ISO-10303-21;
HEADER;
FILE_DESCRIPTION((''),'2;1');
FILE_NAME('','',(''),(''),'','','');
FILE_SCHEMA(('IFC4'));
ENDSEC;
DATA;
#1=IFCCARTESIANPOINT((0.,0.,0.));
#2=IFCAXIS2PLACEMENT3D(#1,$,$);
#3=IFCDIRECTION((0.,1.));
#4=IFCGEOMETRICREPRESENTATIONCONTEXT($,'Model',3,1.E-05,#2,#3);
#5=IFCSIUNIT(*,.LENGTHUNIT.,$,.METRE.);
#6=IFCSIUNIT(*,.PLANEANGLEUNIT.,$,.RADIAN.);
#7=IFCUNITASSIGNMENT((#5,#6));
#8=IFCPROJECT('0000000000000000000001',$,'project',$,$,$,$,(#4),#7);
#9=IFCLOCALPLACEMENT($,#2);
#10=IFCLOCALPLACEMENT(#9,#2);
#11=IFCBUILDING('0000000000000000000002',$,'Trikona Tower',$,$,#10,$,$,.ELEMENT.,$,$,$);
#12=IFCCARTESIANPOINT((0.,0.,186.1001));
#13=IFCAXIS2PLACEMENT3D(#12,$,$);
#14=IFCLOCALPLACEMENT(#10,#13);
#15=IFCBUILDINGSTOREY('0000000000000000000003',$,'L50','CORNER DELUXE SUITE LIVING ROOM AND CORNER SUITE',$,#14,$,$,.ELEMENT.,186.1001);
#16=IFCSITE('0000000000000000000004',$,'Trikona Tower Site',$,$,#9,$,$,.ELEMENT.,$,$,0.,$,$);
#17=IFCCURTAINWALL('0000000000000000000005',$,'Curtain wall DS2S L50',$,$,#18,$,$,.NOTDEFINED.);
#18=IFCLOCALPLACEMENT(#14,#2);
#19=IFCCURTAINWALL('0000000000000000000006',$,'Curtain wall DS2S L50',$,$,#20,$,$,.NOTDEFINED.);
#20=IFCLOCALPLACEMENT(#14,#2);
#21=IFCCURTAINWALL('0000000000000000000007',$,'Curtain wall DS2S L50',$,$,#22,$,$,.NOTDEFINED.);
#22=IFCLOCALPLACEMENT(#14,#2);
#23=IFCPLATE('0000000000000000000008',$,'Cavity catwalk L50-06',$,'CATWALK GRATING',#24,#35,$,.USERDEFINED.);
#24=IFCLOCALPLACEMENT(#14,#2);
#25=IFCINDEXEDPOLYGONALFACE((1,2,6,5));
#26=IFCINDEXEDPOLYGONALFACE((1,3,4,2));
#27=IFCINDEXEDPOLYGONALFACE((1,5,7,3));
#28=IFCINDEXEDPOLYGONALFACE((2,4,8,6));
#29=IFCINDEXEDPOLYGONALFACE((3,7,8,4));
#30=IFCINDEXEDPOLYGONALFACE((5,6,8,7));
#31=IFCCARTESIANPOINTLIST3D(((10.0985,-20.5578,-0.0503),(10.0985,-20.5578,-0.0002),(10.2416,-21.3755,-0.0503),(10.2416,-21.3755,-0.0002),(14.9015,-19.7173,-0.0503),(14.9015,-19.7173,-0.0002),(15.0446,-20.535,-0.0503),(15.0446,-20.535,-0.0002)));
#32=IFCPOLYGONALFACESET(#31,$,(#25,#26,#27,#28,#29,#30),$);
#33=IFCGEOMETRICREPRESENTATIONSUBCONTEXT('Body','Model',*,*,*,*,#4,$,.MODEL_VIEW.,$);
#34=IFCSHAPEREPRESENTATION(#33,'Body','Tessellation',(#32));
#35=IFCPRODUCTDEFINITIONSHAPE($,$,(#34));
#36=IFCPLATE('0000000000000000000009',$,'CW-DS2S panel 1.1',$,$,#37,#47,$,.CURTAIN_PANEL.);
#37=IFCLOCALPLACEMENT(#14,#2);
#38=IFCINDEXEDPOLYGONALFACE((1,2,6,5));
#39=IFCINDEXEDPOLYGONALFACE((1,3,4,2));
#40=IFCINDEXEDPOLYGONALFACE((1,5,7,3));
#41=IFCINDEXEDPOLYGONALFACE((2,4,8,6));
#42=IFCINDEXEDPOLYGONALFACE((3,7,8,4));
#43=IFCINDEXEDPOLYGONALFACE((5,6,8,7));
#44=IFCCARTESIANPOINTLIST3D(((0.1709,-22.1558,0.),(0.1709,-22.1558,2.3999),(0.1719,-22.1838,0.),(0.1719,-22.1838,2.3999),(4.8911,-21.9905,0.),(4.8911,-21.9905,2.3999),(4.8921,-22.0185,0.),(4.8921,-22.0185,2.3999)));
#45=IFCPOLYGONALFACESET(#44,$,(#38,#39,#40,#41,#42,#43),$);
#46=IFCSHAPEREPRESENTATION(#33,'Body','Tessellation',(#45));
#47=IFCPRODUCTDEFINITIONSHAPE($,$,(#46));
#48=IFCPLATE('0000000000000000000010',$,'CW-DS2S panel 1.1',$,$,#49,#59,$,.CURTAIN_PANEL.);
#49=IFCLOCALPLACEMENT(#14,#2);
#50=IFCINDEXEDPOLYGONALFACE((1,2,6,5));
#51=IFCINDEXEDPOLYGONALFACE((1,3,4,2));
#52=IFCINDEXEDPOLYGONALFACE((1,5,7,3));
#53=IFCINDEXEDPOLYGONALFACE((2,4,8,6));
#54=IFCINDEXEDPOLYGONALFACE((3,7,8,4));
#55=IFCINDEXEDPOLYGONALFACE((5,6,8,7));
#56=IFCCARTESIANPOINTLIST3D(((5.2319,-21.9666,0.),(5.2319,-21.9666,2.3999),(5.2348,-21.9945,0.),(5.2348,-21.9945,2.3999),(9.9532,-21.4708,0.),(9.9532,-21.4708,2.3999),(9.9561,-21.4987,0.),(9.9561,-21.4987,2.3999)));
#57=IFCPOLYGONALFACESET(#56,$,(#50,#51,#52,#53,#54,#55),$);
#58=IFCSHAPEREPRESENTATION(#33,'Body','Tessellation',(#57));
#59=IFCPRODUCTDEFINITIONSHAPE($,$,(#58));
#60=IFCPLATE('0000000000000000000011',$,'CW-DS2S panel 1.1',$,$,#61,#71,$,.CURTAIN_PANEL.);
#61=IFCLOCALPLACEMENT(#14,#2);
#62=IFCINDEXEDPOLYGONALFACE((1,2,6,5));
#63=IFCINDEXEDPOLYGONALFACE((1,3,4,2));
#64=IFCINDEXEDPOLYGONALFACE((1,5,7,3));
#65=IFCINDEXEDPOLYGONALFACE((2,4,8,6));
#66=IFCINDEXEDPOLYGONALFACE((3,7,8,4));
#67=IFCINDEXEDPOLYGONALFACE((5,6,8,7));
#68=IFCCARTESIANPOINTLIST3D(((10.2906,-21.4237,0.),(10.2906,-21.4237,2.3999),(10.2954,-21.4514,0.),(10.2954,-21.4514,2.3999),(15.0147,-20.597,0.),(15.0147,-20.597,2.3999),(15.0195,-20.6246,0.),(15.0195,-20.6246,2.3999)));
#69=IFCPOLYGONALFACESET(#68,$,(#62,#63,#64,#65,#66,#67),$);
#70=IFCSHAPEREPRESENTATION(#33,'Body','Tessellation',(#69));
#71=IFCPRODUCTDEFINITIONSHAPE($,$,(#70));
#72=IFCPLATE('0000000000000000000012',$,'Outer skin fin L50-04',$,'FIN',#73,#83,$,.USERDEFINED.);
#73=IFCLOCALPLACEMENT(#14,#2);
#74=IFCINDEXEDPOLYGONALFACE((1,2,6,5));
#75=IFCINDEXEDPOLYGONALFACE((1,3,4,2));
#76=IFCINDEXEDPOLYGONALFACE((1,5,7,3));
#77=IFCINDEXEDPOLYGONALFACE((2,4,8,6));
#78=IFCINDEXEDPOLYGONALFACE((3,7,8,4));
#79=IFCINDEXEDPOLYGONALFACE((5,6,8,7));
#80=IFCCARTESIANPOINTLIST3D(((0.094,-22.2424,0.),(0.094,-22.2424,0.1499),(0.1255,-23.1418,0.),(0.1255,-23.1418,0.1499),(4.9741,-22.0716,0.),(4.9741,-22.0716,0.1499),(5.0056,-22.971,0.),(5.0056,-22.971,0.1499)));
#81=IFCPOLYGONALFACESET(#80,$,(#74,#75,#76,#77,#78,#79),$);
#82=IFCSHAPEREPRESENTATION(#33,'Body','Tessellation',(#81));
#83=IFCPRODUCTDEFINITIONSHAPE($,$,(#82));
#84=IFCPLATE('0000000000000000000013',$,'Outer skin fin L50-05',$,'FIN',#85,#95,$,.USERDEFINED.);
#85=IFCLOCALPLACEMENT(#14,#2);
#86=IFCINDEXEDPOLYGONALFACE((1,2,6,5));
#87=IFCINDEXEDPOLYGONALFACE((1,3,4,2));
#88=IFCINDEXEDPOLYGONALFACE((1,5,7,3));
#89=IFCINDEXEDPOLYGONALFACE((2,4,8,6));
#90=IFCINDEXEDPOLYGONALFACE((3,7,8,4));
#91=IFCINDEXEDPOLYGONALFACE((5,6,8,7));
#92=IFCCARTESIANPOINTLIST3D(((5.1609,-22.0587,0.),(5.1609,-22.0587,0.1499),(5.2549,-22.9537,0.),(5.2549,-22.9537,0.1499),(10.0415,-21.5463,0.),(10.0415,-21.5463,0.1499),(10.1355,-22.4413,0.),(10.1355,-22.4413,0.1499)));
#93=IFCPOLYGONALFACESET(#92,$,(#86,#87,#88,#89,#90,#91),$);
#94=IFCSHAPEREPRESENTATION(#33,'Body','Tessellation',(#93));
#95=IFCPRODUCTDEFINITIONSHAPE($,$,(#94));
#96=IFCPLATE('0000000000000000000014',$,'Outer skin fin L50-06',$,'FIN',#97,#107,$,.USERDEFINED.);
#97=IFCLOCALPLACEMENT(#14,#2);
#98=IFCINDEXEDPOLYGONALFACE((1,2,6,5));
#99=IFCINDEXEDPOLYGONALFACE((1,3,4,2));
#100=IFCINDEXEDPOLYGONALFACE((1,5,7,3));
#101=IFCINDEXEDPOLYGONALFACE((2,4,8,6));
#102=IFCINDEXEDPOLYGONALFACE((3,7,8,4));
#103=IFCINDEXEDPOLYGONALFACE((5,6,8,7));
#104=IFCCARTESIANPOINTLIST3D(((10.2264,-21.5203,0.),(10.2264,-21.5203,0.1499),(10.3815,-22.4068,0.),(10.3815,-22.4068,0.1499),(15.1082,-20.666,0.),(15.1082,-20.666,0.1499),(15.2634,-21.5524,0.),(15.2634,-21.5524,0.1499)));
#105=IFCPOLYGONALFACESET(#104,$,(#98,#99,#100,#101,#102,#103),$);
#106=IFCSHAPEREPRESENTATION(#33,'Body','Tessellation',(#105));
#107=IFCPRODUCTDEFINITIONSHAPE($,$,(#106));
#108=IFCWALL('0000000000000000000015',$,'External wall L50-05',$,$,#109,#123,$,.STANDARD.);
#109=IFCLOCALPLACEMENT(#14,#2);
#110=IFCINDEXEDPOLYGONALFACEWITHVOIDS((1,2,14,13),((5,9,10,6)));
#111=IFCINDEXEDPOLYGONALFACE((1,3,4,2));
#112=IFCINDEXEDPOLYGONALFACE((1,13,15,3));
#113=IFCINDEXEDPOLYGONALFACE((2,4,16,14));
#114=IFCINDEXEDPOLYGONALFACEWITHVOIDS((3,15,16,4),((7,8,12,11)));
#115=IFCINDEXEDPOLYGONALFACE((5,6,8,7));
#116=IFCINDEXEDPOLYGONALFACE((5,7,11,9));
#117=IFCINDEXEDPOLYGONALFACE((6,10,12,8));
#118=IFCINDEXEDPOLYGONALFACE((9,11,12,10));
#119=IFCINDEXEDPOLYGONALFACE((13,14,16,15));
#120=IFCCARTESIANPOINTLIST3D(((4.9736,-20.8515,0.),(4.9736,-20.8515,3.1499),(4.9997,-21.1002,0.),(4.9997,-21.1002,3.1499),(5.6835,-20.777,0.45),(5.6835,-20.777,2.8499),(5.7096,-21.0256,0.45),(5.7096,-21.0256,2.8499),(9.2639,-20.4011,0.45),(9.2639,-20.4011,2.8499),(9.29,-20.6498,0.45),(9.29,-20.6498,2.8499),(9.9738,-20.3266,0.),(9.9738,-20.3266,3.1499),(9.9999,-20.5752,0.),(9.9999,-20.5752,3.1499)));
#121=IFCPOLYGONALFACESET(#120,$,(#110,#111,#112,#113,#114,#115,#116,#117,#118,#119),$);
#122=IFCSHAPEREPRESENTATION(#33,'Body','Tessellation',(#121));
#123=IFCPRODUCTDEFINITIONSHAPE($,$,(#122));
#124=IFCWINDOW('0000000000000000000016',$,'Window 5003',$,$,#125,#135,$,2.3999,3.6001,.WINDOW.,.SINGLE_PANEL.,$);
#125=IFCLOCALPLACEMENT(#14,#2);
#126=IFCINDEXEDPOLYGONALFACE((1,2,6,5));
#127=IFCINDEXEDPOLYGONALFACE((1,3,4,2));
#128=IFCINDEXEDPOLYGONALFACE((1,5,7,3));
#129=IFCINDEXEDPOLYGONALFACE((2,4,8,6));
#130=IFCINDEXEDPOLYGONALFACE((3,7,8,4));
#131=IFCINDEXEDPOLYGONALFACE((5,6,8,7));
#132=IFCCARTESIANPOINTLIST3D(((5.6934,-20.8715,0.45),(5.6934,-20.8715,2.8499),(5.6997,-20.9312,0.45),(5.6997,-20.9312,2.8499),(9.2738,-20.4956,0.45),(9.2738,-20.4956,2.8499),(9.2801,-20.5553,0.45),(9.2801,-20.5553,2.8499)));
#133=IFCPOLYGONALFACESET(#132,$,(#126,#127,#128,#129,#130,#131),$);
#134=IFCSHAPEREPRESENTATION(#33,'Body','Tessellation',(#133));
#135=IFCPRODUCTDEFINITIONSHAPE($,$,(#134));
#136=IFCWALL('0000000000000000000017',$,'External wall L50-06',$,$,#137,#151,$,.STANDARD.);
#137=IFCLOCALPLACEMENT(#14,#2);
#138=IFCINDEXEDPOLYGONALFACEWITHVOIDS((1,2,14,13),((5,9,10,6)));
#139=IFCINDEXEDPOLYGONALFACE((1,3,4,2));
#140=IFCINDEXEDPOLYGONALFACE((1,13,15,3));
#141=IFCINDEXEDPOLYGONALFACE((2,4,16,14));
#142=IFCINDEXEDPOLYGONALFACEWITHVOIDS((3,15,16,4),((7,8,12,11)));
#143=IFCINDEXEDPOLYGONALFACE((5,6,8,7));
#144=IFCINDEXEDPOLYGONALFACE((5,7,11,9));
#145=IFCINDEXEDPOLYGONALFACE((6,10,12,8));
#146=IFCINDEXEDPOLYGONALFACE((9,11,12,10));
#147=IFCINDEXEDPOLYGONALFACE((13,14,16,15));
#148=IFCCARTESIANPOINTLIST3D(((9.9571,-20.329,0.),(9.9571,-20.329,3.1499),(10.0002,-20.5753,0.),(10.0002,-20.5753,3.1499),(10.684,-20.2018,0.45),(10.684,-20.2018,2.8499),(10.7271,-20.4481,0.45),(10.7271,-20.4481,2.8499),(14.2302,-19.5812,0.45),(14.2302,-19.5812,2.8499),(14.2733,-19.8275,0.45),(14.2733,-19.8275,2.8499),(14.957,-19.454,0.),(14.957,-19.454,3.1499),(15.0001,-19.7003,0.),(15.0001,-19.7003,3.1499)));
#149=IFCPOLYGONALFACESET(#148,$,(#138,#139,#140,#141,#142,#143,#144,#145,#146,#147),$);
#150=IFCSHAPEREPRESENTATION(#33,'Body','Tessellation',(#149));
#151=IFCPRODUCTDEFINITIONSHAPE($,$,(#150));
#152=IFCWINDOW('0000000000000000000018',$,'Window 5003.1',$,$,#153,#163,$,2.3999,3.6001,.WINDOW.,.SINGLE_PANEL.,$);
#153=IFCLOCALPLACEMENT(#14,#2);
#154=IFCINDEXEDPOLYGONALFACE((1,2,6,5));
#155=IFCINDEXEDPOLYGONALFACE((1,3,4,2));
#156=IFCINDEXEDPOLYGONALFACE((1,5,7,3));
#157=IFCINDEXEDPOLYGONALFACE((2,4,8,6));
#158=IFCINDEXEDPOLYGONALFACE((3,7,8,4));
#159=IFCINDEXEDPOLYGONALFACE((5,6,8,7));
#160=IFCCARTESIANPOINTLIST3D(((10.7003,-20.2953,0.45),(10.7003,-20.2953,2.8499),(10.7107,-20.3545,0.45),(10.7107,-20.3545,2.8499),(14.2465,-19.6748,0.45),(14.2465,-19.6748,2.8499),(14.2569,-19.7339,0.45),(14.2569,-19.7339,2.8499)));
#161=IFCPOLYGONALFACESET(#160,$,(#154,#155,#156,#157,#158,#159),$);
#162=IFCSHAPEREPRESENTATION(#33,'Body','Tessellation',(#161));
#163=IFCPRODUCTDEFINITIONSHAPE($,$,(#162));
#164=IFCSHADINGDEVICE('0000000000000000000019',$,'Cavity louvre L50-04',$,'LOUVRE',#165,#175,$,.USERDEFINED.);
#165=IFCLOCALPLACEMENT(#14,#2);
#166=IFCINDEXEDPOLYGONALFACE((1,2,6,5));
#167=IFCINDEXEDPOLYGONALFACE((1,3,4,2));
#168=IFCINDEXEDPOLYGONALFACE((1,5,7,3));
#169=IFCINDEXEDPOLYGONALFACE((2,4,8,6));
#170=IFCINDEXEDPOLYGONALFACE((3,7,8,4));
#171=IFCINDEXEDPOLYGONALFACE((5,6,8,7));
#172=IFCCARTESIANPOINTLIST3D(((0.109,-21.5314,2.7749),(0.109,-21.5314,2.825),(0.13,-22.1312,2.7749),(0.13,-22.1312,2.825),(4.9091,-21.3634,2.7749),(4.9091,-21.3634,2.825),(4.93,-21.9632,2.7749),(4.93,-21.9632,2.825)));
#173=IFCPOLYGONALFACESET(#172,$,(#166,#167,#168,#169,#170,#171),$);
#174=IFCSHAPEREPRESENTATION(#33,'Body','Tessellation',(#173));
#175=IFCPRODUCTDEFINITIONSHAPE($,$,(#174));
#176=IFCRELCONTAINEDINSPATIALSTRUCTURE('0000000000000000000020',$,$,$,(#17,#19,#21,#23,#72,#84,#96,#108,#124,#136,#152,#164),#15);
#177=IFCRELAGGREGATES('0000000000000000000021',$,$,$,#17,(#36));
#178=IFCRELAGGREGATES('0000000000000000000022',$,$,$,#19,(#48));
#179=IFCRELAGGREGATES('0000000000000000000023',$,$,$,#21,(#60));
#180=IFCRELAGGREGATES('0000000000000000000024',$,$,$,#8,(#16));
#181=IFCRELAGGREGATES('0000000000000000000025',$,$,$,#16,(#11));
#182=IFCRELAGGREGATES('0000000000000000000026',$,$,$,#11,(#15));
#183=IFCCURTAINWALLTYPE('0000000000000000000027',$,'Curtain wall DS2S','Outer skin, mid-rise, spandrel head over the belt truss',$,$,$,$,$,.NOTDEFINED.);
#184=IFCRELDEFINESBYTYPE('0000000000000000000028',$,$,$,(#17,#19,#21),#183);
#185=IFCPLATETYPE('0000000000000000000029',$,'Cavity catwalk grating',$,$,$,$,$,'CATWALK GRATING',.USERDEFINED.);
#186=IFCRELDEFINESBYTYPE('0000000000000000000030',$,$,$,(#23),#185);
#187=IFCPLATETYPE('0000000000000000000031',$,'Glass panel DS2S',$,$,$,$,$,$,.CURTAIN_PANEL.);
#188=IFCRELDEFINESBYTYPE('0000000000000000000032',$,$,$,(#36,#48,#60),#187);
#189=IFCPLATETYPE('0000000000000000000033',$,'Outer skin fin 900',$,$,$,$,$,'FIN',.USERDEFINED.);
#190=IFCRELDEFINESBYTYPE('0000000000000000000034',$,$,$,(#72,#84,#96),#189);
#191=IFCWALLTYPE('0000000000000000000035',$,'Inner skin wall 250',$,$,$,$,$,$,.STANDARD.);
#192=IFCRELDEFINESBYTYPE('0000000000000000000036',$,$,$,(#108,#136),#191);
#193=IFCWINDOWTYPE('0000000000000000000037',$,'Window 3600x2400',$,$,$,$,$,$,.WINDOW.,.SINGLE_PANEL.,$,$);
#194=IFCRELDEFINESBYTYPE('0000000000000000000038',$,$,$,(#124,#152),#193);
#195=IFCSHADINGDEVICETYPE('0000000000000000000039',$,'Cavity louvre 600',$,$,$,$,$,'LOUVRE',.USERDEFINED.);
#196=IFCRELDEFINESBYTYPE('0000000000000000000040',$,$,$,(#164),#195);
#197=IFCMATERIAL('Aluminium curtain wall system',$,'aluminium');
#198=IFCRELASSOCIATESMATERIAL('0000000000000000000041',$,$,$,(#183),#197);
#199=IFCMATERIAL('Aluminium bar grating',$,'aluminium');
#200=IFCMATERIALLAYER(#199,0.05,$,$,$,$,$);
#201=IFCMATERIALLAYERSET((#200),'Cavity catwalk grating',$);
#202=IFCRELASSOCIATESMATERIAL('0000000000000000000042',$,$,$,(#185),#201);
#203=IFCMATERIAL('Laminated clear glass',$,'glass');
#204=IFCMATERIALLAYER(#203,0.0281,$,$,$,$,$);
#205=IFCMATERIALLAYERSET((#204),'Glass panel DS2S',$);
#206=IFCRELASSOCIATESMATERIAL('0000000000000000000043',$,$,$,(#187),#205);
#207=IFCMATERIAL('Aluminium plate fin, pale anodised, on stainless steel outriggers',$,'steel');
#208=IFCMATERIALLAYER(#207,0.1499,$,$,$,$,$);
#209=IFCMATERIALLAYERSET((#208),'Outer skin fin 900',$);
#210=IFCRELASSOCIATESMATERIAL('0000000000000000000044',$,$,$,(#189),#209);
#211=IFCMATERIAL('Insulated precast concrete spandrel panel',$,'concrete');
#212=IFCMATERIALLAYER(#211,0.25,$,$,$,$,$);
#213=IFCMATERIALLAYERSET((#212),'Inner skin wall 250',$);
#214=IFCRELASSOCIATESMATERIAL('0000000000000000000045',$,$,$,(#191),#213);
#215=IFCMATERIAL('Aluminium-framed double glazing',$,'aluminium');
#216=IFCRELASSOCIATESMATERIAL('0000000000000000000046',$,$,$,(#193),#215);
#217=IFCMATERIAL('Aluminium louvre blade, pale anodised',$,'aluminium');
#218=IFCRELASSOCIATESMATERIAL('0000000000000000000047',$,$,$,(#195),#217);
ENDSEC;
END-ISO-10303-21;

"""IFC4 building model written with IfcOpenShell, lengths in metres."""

from ifc_helpers import new_model, si_unit, direction, frame, frame_2d, origin, origin_2d, place, context, subcontext, project, spatial, rectangle, extrude, material, layer, layer_set, type_object, element, fill, aggregate, save


model = new_model("IFC4")

# Units and contexts
model_context = context("Model", 3, precision=1e-05, world=origin(), true_north=direction((0.0, 1.0)))
body_context = subcontext(model_context, "Body", "Model", "MODEL_VIEW")
ifc_project = project(units=[si_unit("LENGTHUNIT", "METRE"), si_unit("PLANEANGLEUNIT", "RADIAN")], contexts=[model_context])

# Site, building, storey
site_placement = place(None, origin())
site = spatial("IfcSite", under=ifc_project, at=site_placement, Name="Trikona Tower Site", CompositionType="ELEMENT", RefElevation=0.0)
building_placement = place(site_placement, origin())
building = spatial("IfcBuilding", under=site, at=building_placement, Name="Trikona Tower", CompositionType="ELEMENT")
storey_placement = place(building_placement, frame((0.0, 0.0, 186.1001)))
storey = spatial("IfcBuildingStorey", under=building, at=storey_placement, Name="L50", Description="CORNER DELUXE SUITE LIVING ROOM AND CORNER SUITE", CompositionType="ELEMENT", Elevation=186.1001)

# Curtain walls
ifc_material_1 = material(Name="Aluminium curtain wall system", Category="aluminium")
curtain_wall_type = type_object("IfcCurtainWallType", Name="Curtain wall DS2S", Description="Outer skin, mid-rise, spandrel head over the belt truss", PredefinedType="NOTDEFINED", material=ifc_material_1)
curtain_wall_1_placement = place(storey_placement, origin())
curtain_wall_1 = element("IfcCurtainWall", 1, at=curtain_wall_1_placement, inside=storey, type_object=curtain_wall_type, Name="Curtain wall DS2S L50", PredefinedType="NOTDEFINED")
curtain_wall_2_placement = place(storey_placement, origin())
curtain_wall_2 = element("IfcCurtainWall", 2, at=curtain_wall_2_placement, inside=storey, type_object=curtain_wall_type, Name="Curtain wall DS2S L50", PredefinedType="NOTDEFINED")

# Curtain wall
curtain_wall_3_placement = place(storey_placement, origin())
curtain_wall_3 = element("IfcCurtainWall", 3, at=curtain_wall_3_placement, inside=storey, type_object=curtain_wall_type, Name="Curtain wall DS2S L50", PredefinedType="NOTDEFINED")

# Plate
ifc_material_2 = material(Name="Aluminium bar grating", Category="aluminium")
ifc_layer_1 = layer(ifc_material_2, 0.05)
ifc_layer_set_1 = layer_set([ifc_layer_1], Name="Cavity catwalk grating")
plate_type_1 = type_object("IfcPlateType", Name="Cavity catwalk grating", ElementType="CATWALK GRATING", PredefinedType="USERDEFINED", material=ifc_layer_set_1)
plate_1_placement = place(storey_placement, frame((12.5715, -20.5464, -0.0503), z_axis=(0.0, 0.0, 1.0), x_axis=(0.985031, 0.17238, 0.0)))
element("IfcPlate", 4, at=plate_1_placement, inside=storey, type_object=plate_type_1, Name="Cavity catwalk L50-06", ObjectType="CATWALK GRATING", PredefinedType="USERDEFINED", context=body_context, shape_type="SweptSolid", body=[
    extrude(rectangle(XDim=4.876, YDim=0.8301, at=origin_2d()), origin(), (0.0, 0.0, 1.0), 0.05),
])

# Plates
ifc_material_3 = material(Name="Laminated clear glass", Category="glass")
ifc_layer_2 = layer(ifc_material_3, 0.0281)
ifc_layer_set_2 = layer_set([ifc_layer_2], Name="Glass panel DS2S")
plate_type_2 = type_object("IfcPlateType", Name="Glass panel DS2S", PredefinedType="CURTAIN_PANEL", material=ifc_layer_set_2)
plate_2_placement = place(storey_placement, frame((2.5315, -22.0872, 0.0), z_axis=(0.0, 0.0, 1.0), x_axis=(0.999387, 0.034998, 0.0)))
plate_2 = element("IfcPlate", 5, at=plate_2_placement, type_object=plate_type_2, Name="CW-DS2S panel 1.1", PredefinedType="CURTAIN_PANEL", context=body_context, shape_type="SweptSolid", body=[
    extrude(rectangle(XDim=4.7231, YDim=0.0281, at=origin_2d()), origin(), (0.0, 0.0, 1.0), 2.3999),
])
aggregate(curtain_wall_1, [plate_2])
plate_3_placement = place(storey_placement, frame((7.594, -21.7327, 0.0), z_axis=(0.0, 0.0, 1.0), x_axis=(0.994532, 0.104433, 0.0)))
plate_3 = element("IfcPlate", 6, at=plate_3_placement, type_object=plate_type_2, Name="CW-DS2S panel 1.1", PredefinedType="CURTAIN_PANEL", context=body_context, shape_type="SweptSolid", body=[
    extrude(rectangle(XDim=4.7473, YDim=0.0281, at=origin_2d()), origin(), (0.0, 0.0, 1.0), 2.3999),
])
aggregate(curtain_wall_2, [plate_3])
plate_4_placement = place(storey_placement, frame((12.655, -21.0242, 0.0), z_axis=(0.0, 0.0, 1.0), x_axis=(0.985031, 0.172377, 0.0)))
plate_4 = element("IfcPlate", 7, at=plate_4_placement, type_object=plate_type_2, Name="CW-DS2S panel 1.1", PredefinedType="CURTAIN_PANEL", context=body_context, shape_type="SweptSolid", body=[
    extrude(rectangle(XDim=4.7959, YDim=0.0281, at=origin_2d()), origin(), (0.0, 0.0, 1.0), 2.3999),
])
aggregate(curtain_wall_3, [plate_4])

# Plates
ifc_material_4 = material(Name="Aluminium plate fin, pale anodised, on stainless steel outriggers", Category="steel")
ifc_layer_3 = layer(ifc_material_4, 0.1499)
ifc_layer_set_3 = layer_set([ifc_layer_3], Name="Outer skin fin 900")
plate_type_3 = type_object("IfcPlateType", Name="Outer skin fin 900", ElementType="FIN", PredefinedType="USERDEFINED", material=ifc_layer_set_3)
plate_5_placement = place(storey_placement, frame((2.5498, -22.6067, 0.0), z_axis=(0.0, 0.0, 1.0), x_axis=(0.999388, 0.034978, 0.0)))
element("IfcPlate", 8, at=plate_5_placement, inside=storey, type_object=plate_type_3, Name="Outer skin fin L50-04", ObjectType="FIN", PredefinedType="USERDEFINED", context=body_context, shape_type="SweptSolid", body=[
    extrude(rectangle(XDim=4.8831, YDim=0.8999, at=origin_2d()), origin(), (0.0, 0.0, 1.0), 0.1499),
])
plate_6_placement = place(storey_placement, frame((7.6482, -22.25, 0.0), z_axis=(0.0, 0.0, 1.0), x_axis=(0.994533, 0.104426, 0.0)))
element("IfcPlate", 9, at=plate_6_placement, inside=storey, type_object=plate_type_3, Name="Outer skin fin L50-05", ObjectType="FIN", PredefinedType="USERDEFINED", context=body_context, shape_type="SweptSolid", body=[
    extrude(rectangle(XDim=4.9075, YDim=0.8999, at=origin_2d()), origin(), (0.0, 0.0, 1.0), 0.1499),
])
plate_7_placement = place(storey_placement, frame((12.7449, -21.5364, 0.0), z_axis=(0.0, 0.0, 1.0), x_axis=(0.985031, 0.17238, 0.0)))
element("IfcPlate", 10, at=plate_7_placement, inside=storey, type_object=plate_type_3, Name="Outer skin fin L50-06", ObjectType="FIN", PredefinedType="USERDEFINED", context=body_context, shape_type="SweptSolid", body=[
    extrude(rectangle(XDim=4.9561, YDim=0.8999, at=origin_2d()), origin(), (0.0, 0.0, 1.0), 0.1499),
])

# Walls, openings, windows
ifc_material_5 = material(Name="Insulated precast concrete spandrel panel", Category="concrete")
ifc_layer_4 = layer(ifc_material_5, 0.25)
ifc_layer_set_4 = layer_set([ifc_layer_4], Name="Inner skin wall 250")
wall_type = type_object("IfcWallType", Name="Inner skin wall 250", PredefinedType="STANDARD", material=ifc_layer_set_4)
wall_1_placement = place(storey_placement, frame((4.9868, -20.9758, 0.0), z_axis=(0.0, 0.0, 1.0), x_axis=(0.994535, 0.104407, 0.0)))
wall_1 = element("IfcWall", 11, at=wall_1_placement, inside=storey, type_object=wall_type, Name="External wall L50-05", PredefinedType="STANDARD", context=body_context, shape_type="SweptSolid", body=[
    extrude(rectangle(XDim=5.0276, YDim=0.25, at=frame_2d((2.5137, 0.0))), origin(), (0.0, 0.0, 1.0), 3.1499),
])
opening_1_placement = place(wall_1_placement, frame((0.7136, 0.0, 0.45)))
opening_1 = element("IfcOpeningElement", 12, at=opening_1_placement, cuts=wall_1, PredefinedType="OPENING", context=body_context, shape_type="SweptSolid", body=[
    extrude(rectangle(XDim=3.6001, YDim=2.3999, at=frame_2d((1.8, 1.2))), frame((0.0, 0.135, 0.0), z_axis=(0.0, -1.0, 0.0), x_axis=(1.0, 0.0, 0.0)), (0.0, 0.0, 1.0), 0.27),
])
ifc_material_6 = material(Name="Aluminium-framed double glazing", Category="aluminium")
window_type = type_object("IfcWindowType", Name="Window 3600x2400", PartitioningType="SINGLE_PANEL", PredefinedType="WINDOW", material=ifc_material_6)
window_1_placement = place(opening_1_placement, origin())
window_1 = element("IfcWindow", 13, at=window_1_placement, inside=storey, type_object=window_type, Name="Window 5003", OverallHeight=2.3999, OverallWidth=3.6001, PartitioningType="SINGLE_PANEL", PredefinedType="WINDOW", context=body_context, shape_type="SweptSolid", body=[
    extrude(rectangle(XDim=3.6001, YDim=2.3999, at=frame_2d((1.8, 1.2))), frame((0.0, 0.03, 0.0), z_axis=(0.0, -1.0, 0.0), x_axis=(1.0, 0.0, 0.0)), (0.0, 0.0, 1.0), 0.0601),
])
fill(opening_1, window_1)
wall_2_placement = place(storey_placement, frame((9.9785, -20.4521, 0.0), z_axis=(0.0, 0.0, 1.0), x_axis=(0.98503, 0.17238, 0.0)))
wall_2 = element("IfcWall", 14, at=wall_2_placement, inside=storey, type_object=wall_type, Name="External wall L50-06", PredefinedType="STANDARD", context=body_context, shape_type="SweptSolid", body=[
    extrude(rectangle(XDim=5.0759, YDim=0.25, at=frame_2d((2.5381, 0.0))), origin(), (0.0, 0.0, 1.0), 3.1499),
])
opening_2_placement = place(wall_2_placement, frame((0.738, 0.0, 0.45)))
opening_2 = element("IfcOpeningElement", 15, at=opening_2_placement, cuts=wall_2, PredefinedType="OPENING", context=body_context, shape_type="SweptSolid", body=[
    extrude(rectangle(XDim=3.6001, YDim=2.3999, at=frame_2d((1.8, 1.2))), frame((0.0, 0.135, 0.0), z_axis=(0.0, -1.0, 0.0), x_axis=(1.0, 0.0, 0.0)), (0.0, 0.0, 1.0), 0.27),
])
window_2_placement = place(opening_2_placement, origin())
window_2 = element("IfcWindow", 16, at=window_2_placement, inside=storey, type_object=window_type, Name="Window 5003.1", OverallHeight=2.3999, OverallWidth=3.6001, PartitioningType="SINGLE_PANEL", PredefinedType="WINDOW", context=body_context, shape_type="SweptSolid", body=[
    extrude(rectangle(XDim=3.6001, YDim=2.3999, at=frame_2d((1.8, 1.2))), frame((0.0, 0.03, 0.0), z_axis=(0.0, -1.0, 0.0), x_axis=(1.0, 0.0, 0.0)), (0.0, 0.0, 1.0), 0.0601),
])
fill(opening_2, window_2)

# Shading device
ifc_material_7 = material(Name="Aluminium louvre blade, pale anodised", Category="aluminium")
shading_device_type = type_object("IfcShadingDeviceType", Name="Cavity louvre 600", ElementType="LOUVRE", PredefinedType="USERDEFINED", material=ifc_material_7)
shading_device_1_placement = place(storey_placement, frame((2.5195, -21.7473, 2.7749), z_axis=(0.0, 0.0, 1.0), x_axis=(0.999388, 0.034978, 0.0)))
element("IfcShadingDevice", 17, at=shading_device_1_placement, inside=storey, type_object=shading_device_type, Name="Cavity louvre L50-04", ObjectType="LOUVRE", PredefinedType="USERDEFINED", context=body_context, shape_type="SweptSolid", body=[
    extrude(rectangle(XDim=4.803, YDim=0.6001, at=origin_2d()), origin(), (0.0, 0.0, 1.0), 0.05),
])

save(model, "model.ifc")
